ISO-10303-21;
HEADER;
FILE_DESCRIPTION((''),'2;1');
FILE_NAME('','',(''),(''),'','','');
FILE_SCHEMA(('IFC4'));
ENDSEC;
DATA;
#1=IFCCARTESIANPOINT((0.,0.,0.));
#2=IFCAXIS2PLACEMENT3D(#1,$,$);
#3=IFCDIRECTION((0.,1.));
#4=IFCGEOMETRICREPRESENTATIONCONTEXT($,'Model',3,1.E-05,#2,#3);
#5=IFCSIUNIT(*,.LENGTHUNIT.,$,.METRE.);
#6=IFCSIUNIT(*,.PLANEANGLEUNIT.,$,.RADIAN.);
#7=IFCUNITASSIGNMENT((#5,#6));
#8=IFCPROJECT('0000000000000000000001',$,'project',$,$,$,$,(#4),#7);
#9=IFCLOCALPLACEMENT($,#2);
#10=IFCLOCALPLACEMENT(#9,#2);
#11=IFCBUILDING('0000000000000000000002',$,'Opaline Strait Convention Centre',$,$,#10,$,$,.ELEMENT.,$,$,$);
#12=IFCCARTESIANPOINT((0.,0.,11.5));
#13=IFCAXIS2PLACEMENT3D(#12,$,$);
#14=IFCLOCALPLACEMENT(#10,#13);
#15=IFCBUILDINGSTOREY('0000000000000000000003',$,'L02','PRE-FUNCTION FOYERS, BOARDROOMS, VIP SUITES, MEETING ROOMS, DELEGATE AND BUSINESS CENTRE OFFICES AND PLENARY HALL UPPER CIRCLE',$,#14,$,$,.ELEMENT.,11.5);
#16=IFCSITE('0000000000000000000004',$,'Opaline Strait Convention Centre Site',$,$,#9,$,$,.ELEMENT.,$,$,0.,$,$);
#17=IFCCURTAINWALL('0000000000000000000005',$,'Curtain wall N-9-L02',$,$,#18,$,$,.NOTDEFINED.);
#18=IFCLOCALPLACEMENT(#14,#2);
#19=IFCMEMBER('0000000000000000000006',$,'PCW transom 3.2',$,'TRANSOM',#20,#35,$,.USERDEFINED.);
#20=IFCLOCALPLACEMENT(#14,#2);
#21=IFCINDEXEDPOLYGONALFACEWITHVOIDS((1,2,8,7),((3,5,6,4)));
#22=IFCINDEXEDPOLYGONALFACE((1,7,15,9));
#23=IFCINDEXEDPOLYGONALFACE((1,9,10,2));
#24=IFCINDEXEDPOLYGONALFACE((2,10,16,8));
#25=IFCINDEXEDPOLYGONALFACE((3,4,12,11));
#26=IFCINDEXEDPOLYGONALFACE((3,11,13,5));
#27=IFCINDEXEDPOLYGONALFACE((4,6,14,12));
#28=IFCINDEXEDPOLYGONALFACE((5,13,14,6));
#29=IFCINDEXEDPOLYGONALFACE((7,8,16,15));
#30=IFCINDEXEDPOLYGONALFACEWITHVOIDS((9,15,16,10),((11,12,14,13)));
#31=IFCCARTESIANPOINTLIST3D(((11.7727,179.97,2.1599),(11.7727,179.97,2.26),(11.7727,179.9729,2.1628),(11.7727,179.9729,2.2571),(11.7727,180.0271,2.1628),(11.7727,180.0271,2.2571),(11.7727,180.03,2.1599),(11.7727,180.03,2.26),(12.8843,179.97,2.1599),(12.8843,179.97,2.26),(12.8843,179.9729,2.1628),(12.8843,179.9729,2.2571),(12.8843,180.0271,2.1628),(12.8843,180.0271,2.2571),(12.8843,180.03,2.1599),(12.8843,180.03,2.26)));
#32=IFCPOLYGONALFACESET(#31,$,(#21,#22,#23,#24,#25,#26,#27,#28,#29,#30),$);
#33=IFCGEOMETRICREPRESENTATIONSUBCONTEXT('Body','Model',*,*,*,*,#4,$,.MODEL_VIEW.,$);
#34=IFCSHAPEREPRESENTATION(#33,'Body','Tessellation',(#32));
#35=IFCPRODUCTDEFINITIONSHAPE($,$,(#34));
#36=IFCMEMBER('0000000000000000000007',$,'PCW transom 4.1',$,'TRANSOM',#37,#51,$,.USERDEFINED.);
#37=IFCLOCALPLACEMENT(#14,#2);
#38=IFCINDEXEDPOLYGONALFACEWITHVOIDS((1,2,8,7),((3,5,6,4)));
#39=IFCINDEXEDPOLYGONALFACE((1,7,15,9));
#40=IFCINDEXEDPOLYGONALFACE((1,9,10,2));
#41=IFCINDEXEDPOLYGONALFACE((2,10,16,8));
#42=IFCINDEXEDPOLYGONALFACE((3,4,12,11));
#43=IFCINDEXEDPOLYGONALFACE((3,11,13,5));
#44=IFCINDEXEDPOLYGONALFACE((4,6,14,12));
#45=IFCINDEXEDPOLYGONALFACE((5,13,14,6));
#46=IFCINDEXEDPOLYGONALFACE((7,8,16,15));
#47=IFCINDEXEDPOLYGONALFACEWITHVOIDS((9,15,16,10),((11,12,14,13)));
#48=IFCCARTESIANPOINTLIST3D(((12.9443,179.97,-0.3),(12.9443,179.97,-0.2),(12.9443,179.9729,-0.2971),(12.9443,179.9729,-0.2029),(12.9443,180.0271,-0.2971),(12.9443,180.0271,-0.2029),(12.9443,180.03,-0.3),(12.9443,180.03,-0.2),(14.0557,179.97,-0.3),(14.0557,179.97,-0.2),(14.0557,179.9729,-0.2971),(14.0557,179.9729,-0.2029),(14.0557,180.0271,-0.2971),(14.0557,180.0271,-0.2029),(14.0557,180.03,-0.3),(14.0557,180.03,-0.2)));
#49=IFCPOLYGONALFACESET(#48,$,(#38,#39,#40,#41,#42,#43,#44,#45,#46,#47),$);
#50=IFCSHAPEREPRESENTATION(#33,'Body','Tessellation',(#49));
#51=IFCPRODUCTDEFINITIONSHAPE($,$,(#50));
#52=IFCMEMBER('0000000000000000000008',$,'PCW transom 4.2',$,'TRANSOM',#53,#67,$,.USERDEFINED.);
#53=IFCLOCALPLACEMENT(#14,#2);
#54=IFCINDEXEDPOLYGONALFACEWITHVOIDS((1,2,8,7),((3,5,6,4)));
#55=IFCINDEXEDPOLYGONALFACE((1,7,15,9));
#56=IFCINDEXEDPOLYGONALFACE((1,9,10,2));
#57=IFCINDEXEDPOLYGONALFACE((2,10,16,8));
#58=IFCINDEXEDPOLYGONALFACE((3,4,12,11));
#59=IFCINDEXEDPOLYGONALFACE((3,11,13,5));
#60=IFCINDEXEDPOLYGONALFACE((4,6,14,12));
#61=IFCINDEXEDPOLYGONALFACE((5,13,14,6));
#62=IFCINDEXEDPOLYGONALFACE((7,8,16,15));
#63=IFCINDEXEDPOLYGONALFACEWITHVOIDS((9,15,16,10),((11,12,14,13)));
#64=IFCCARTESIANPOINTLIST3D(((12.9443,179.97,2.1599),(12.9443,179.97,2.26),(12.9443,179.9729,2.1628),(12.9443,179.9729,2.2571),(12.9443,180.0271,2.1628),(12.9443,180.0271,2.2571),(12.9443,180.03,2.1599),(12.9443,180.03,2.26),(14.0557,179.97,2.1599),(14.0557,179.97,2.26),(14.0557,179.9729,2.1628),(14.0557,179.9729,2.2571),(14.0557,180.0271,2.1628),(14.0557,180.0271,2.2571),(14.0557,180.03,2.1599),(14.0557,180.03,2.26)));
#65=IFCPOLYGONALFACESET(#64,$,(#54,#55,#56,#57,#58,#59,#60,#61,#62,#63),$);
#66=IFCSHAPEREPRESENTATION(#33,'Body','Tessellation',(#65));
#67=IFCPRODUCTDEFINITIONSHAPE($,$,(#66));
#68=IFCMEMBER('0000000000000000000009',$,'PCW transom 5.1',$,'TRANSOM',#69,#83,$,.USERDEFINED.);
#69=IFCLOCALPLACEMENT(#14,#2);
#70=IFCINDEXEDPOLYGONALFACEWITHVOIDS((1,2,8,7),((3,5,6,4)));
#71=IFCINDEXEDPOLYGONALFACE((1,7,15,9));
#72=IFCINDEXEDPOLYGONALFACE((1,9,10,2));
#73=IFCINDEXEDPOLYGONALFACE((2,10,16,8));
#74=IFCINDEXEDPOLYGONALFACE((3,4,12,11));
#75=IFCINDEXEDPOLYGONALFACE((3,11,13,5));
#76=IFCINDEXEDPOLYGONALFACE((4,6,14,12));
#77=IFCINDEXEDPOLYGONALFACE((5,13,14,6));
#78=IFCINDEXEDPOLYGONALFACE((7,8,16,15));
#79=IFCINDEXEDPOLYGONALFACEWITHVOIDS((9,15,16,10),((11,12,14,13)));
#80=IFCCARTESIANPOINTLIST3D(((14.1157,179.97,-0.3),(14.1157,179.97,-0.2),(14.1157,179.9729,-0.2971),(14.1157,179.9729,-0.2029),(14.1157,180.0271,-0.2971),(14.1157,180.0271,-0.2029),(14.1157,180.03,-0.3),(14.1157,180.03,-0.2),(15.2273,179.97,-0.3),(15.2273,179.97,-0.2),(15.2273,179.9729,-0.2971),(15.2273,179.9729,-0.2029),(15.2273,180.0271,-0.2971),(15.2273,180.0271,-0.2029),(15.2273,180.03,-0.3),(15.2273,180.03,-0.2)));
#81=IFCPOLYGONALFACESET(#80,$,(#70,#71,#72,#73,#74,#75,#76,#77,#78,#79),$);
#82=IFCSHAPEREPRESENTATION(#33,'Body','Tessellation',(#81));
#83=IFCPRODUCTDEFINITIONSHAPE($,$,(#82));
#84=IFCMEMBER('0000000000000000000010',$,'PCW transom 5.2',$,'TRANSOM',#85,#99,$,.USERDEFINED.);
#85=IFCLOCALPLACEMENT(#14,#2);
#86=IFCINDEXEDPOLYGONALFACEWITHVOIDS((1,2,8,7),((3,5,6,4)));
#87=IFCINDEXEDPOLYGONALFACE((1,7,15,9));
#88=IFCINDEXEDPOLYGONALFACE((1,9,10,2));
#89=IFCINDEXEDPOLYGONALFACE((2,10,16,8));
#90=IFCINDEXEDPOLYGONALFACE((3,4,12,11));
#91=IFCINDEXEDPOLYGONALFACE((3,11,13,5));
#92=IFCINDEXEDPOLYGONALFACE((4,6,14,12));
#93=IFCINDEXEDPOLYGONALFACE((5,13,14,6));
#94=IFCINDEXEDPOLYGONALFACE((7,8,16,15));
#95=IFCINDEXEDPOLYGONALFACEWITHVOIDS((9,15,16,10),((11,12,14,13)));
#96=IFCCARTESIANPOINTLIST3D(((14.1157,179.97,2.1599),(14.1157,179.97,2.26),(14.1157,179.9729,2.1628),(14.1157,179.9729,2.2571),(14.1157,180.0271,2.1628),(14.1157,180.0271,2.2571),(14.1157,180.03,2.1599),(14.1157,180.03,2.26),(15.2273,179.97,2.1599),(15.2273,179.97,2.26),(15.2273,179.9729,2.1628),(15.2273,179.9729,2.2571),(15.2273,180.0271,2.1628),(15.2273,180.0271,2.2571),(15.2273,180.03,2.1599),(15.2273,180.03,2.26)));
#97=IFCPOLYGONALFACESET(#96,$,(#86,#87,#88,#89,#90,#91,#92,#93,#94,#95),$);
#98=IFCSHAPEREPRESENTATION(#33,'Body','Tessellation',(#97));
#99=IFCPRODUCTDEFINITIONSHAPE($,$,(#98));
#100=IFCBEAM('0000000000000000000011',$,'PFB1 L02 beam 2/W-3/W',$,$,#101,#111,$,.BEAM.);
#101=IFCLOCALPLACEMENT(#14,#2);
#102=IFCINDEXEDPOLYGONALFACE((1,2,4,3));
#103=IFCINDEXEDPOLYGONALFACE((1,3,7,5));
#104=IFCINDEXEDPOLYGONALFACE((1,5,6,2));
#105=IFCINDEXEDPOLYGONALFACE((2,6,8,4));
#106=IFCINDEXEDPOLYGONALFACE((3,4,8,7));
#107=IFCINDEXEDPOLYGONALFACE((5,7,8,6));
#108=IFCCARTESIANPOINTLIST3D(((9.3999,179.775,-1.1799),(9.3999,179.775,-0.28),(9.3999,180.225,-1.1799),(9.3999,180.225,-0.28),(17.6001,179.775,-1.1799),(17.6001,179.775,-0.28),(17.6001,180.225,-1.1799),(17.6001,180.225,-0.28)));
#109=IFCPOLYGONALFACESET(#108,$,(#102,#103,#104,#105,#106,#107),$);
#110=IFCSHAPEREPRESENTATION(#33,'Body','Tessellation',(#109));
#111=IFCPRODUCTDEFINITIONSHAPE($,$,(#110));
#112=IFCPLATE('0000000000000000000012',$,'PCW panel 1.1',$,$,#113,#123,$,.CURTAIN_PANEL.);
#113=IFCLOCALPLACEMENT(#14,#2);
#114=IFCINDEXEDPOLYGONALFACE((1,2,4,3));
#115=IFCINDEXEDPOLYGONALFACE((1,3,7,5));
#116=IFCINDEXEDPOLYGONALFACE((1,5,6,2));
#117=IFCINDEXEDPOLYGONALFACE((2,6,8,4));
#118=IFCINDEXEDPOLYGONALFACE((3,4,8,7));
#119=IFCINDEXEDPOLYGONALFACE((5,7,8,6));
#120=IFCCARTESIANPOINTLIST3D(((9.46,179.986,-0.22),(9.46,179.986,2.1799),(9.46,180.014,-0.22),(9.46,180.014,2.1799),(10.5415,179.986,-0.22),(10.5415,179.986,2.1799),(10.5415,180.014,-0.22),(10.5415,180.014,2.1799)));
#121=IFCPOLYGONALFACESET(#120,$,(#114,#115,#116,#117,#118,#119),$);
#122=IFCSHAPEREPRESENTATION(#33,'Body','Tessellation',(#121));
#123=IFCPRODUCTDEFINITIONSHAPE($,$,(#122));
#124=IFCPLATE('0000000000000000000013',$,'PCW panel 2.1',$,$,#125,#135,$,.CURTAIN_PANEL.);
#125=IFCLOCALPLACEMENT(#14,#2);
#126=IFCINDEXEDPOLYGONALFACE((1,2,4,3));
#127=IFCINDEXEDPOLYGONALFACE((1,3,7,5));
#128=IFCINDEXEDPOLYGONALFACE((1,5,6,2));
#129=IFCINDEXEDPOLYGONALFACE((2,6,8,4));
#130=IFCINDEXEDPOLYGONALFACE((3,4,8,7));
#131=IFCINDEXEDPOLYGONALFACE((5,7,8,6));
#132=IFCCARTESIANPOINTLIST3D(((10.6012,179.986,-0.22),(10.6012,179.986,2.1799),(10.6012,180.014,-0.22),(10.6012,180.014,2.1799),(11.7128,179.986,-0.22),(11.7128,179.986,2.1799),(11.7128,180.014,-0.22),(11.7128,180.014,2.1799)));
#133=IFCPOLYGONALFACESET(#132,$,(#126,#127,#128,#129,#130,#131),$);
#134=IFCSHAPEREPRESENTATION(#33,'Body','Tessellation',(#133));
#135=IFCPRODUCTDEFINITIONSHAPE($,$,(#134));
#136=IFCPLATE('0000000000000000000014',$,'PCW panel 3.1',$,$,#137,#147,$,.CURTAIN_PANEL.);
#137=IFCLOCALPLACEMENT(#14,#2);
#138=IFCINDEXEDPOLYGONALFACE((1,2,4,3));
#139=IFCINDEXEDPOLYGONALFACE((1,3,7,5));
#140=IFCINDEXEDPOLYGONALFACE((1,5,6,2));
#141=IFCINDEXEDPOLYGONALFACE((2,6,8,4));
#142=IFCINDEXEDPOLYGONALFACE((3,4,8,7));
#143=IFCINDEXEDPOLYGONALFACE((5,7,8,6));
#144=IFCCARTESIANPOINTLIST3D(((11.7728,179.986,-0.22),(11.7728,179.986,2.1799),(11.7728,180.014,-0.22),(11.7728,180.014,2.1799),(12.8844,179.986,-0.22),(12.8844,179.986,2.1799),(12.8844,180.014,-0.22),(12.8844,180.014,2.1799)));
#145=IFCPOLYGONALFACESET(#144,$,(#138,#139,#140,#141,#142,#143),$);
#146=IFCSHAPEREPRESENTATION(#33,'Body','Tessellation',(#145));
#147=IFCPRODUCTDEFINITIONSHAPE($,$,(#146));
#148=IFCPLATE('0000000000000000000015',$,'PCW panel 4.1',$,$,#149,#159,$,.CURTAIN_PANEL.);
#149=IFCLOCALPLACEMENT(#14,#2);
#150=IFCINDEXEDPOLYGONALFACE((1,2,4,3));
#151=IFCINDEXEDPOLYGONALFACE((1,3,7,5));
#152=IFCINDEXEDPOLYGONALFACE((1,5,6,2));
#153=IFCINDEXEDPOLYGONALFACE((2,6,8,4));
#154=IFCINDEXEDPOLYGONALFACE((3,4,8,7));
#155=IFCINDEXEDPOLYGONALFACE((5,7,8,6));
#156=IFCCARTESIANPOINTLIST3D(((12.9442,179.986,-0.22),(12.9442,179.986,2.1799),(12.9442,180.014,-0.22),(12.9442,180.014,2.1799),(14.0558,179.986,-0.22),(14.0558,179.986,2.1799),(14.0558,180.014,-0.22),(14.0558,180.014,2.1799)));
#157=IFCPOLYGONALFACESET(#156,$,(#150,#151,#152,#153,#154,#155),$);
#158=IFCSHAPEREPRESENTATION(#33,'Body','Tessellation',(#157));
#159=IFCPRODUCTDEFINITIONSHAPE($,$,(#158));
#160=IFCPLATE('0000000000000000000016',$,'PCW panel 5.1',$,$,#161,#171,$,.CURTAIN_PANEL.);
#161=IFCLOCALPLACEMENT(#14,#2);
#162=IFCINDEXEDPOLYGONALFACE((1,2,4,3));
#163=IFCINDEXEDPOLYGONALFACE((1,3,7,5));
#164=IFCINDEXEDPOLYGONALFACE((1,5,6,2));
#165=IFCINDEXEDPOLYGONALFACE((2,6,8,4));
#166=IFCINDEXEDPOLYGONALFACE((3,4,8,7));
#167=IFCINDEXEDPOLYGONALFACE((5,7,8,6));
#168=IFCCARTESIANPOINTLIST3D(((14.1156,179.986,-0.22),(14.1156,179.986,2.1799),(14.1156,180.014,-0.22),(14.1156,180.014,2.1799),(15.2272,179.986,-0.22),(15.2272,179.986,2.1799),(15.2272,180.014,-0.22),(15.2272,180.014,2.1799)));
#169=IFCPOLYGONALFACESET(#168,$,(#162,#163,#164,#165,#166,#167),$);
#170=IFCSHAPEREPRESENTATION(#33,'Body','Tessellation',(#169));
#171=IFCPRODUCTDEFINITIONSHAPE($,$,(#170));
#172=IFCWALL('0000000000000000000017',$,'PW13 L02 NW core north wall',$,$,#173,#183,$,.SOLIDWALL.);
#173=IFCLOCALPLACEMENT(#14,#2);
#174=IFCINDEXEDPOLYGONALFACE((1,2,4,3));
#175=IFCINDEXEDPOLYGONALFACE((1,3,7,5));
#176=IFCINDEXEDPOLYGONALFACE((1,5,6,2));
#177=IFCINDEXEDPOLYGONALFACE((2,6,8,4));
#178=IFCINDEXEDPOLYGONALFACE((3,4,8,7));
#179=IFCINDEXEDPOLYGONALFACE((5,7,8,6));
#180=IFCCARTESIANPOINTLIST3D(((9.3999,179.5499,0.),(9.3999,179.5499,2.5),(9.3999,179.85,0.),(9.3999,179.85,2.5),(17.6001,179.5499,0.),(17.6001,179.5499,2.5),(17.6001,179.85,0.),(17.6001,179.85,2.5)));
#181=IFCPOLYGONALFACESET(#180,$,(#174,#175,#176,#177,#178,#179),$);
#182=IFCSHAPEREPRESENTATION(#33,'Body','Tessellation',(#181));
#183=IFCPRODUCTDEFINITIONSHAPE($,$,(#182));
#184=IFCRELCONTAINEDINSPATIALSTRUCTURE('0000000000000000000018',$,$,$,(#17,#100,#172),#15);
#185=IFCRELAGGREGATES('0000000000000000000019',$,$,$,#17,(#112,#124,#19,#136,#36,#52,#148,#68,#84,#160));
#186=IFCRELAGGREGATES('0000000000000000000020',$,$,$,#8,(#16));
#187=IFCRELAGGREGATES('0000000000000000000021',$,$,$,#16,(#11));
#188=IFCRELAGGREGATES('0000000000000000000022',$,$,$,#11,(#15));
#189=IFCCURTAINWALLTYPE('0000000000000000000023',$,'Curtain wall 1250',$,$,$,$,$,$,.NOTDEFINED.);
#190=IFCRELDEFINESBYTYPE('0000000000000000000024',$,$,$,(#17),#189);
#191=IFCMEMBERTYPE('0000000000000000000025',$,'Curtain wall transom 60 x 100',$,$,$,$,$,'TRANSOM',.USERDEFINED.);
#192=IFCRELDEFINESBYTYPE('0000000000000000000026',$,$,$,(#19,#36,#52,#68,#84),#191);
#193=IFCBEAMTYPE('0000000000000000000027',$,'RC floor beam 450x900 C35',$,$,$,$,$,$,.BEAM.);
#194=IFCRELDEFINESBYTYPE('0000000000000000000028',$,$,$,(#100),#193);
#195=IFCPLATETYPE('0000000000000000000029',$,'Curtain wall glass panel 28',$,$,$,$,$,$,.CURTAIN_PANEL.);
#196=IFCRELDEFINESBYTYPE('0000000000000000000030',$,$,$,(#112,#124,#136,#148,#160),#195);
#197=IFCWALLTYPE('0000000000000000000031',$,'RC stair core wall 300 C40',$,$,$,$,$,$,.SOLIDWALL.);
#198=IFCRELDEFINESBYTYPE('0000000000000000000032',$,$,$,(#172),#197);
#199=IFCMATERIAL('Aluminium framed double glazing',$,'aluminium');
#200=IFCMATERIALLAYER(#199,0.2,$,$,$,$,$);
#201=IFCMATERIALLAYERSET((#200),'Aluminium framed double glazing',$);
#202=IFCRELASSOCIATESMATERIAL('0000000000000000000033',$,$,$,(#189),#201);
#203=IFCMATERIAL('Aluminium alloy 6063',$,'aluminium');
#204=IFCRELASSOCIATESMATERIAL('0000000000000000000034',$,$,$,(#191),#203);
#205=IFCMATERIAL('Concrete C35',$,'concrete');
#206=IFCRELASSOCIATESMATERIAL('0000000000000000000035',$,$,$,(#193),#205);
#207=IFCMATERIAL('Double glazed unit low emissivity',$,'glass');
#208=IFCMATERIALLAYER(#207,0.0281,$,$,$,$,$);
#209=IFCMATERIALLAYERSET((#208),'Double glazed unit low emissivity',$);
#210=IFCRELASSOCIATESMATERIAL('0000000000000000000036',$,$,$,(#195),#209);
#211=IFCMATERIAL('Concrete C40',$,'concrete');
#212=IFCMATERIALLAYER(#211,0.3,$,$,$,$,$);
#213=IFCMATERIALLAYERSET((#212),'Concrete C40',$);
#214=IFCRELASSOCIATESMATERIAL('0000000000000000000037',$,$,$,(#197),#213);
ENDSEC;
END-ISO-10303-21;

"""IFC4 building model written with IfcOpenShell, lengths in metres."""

from ifc_helpers import new_model, si_unit, direction, frame, frame_2d, origin, origin_2d, place, context, subcontext, project, spatial, rectangle, hollow_rectangle, extrude, material, layer, layer_set, material_profile, profile_set, type_object, element, aggregate, save


model = new_model("IFC4")

# Units and contexts
model_context = context("Model", 3, precision=1e-05, world=origin(), true_north=direction((0.0, 1.0)))
body_context = subcontext(model_context, "Body", "Model", "MODEL_VIEW")
ifc_project = project(units=[si_unit("LENGTHUNIT", "METRE"), si_unit("PLANEANGLEUNIT", "RADIAN")], contexts=[model_context])

# Site, building, storey
site_placement = place(None, origin())
site = spatial("IfcSite", under=ifc_project, at=site_placement, Name="Opaline Strait Convention Centre Site", CompositionType="ELEMENT", RefElevation=0.0)
building_placement = place(site_placement, origin())
building = spatial("IfcBuilding", under=site, at=building_placement, Name="Opaline Strait Convention Centre", CompositionType="ELEMENT")
storey_placement = place(building_placement, frame((0.0, 0.0, 11.5)))
storey = spatial("IfcBuildingStorey", under=building, at=storey_placement, Name="L02", Description="PRE-FUNCTION FOYERS, BOARDROOMS, VIP SUITES, MEETING ROOMS, DELEGATE AND BUSINESS CENTRE OFFICES AND PLENARY HALL UPPER CIRCLE", CompositionType="ELEMENT", Elevation=11.5)

# Shared definitions
ifc_material_1 = material(Name="Concrete C40", Category="concrete")

# Curtain wall, members
ifc_material_2 = material(Name="Aluminium framed double glazing", Category="aluminium")
ifc_layer_1 = layer(ifc_material_2, 0.2)
ifc_layer_set_1 = layer_set([ifc_layer_1], Name="Aluminium framed double glazing")
curtain_wall_type = type_object("IfcCurtainWallType", Name="Curtain wall 1250", PredefinedType="NOTDEFINED", material=ifc_layer_set_1)
curtain_wall_placement = place(storey_placement, origin())
curtain_wall = element("IfcCurtainWall", 1, at=curtain_wall_placement, inside=storey, type_object=curtain_wall_type, Name="Curtain wall N-9-L02", PredefinedType="NOTDEFINED")
ifc_material_3 = material(Name="Aluminium alloy 6063", Category="aluminium")
ifc_material_profile_1 = material_profile(ifc_material_3, hollow_rectangle(XDim=0.0601, YDim=0.1001, WallThickness=0.0029, at=origin_2d()), Name="TRANSOM 60x100x3")
ifc_profile_set_1 = profile_set([ifc_material_profile_1], Name="Aluminium alloy 6063")
member_type_1 = type_object("IfcMemberType", Name="Curtain wall transom 60 x 100", ElementType="TRANSOM", PredefinedType="USERDEFINED", material=ifc_profile_set_1)
member_1_placement = place(storey_placement, frame((11.7727, 180.0, 2.21), z_axis=(1.0, 0.0, 0.0), x_axis=(0.0, 1.0, 0.0)))
member_1 = element("IfcMember", 2, at=member_1_placement, type_object=member_type_1, Name="PCW transom 3.2", ObjectType="TRANSOM", PredefinedType="USERDEFINED", context=body_context, shape_type="SweptSolid", body=[
    extrude(hollow_rectangle(XDim=0.0601, YDim=0.1001, WallThickness=0.0029, at=origin_2d()), origin(), (0.0, 0.0, 1.0), 1.1116),
])
member_2_placement = place(storey_placement, frame((12.9443, 180.0, -0.25), z_axis=(1.0, 0.0, 0.0), x_axis=(0.0, 1.0, 0.0)))
member_2 = element("IfcMember", 3, at=member_2_placement, type_object=member_type_1, Name="PCW transom 4.1", ObjectType="TRANSOM", PredefinedType="USERDEFINED", context=body_context, shape_type="SweptSolid", body=[
    extrude(hollow_rectangle(XDim=0.0601, YDim=0.1001, WallThickness=0.0029, at=origin_2d()), origin(), (0.0, 0.0, 1.0), 1.1113),
])
member_3_placement = place(storey_placement, frame((12.9443, 180.0, 2.21), z_axis=(1.0, 0.0, 0.0), x_axis=(0.0, 1.0, 0.0)))
member_3 = element("IfcMember", 4, at=member_3_placement, type_object=member_type_1, Name="PCW transom 4.2", ObjectType="TRANSOM", PredefinedType="USERDEFINED", context=body_context, shape_type="SweptSolid", body=[
    extrude(hollow_rectangle(XDim=0.0601, YDim=0.1001, WallThickness=0.0029, at=origin_2d()), origin(), (0.0, 0.0, 1.0), 1.1113),
])
member_4_placement = place(storey_placement, frame((14.1157, 180.0, -0.25), z_axis=(1.0, 0.0, 0.0), x_axis=(0.0, 1.0, 0.0)))
member_4 = element("IfcMember", 5, at=member_4_placement, type_object=member_type_1, Name="PCW transom 5.1", ObjectType="TRANSOM", PredefinedType="USERDEFINED", context=body_context, shape_type="SweptSolid", body=[
    extrude(hollow_rectangle(XDim=0.0601, YDim=0.1001, WallThickness=0.0029, at=origin_2d()), origin(), (0.0, 0.0, 1.0), 1.1116),
])
member_5_placement = place(storey_placement, frame((14.1157, 180.0, 2.21), z_axis=(1.0, 0.0, 0.0), x_axis=(0.0, 1.0, 0.0)))
member_5 = element("IfcMember", 6, at=member_5_placement, type_object=member_type_1, Name="PCW transom 5.2", ObjectType="TRANSOM", PredefinedType="USERDEFINED", context=body_context, shape_type="SweptSolid", body=[
    extrude(hollow_rectangle(XDim=0.0601, YDim=0.1001, WallThickness=0.0029, at=origin_2d()), origin(), (0.0, 0.0, 1.0), 1.1116),
])

# Beam
ifc_material_4 = material(Name="Concrete C35", Category="concrete")
ifc_material_profile_2 = material_profile(ifc_material_4, rectangle(XDim=0.45, YDim=0.8999, at=origin_2d()), Name="RC 450x900")
ifc_profile_set_2 = profile_set([ifc_material_profile_2], Name="Concrete C35")
beam_type = type_object("IfcBeamType", Name="RC floor beam 450x900 C35", PredefinedType="BEAM", material=ifc_profile_set_2)
beam_placement = place(storey_placement, frame((9.3999, 180.0, -0.73), z_axis=(1.0, 0.0, 0.0), x_axis=(0.0, 1.0, 0.0)))
element("IfcBeam", 7, at=beam_placement, inside=storey, type_object=beam_type, Name="PFB1 L02 beam 2/W-3/W", PredefinedType="BEAM", context=body_context, shape_type="SweptSolid", body=[
    extrude(rectangle(XDim=0.45, YDim=0.8999, at=origin_2d()), origin(), (0.0, 0.0, 1.0), 8.2002),
])

# Plates
ifc_material_5 = material(Name="Double glazed unit low emissivity", Category="glass")
ifc_layer_2 = layer(ifc_material_5, 0.0281)
ifc_layer_set_2 = layer_set([ifc_layer_2], Name="Double glazed unit low emissivity")
plate_type = type_object("IfcPlateType", Name="Curtain wall glass panel 28", PredefinedType="CURTAIN_PANEL", material=ifc_layer_set_2)
plate_1_placement = place(storey_placement, frame((10.0007, 180.0, -0.22), z_axis=(0.0, 0.0, 1.0), x_axis=(1.0, 0.0, 0.0)))
plate_1 = element("IfcPlate", 8, at=plate_1_placement, type_object=plate_type, Name="PCW panel 1.1", PredefinedType="CURTAIN_PANEL", context=body_context, shape_type="SweptSolid", body=[
    extrude(rectangle(XDim=1.0815, YDim=0.0281, at=origin_2d()), origin(), (0.0, 0.0, 1.0), 2.3999),
])
plate_2_placement = place(storey_placement, frame((11.157, 180.0, -0.22), z_axis=(0.0, 0.0, 1.0), x_axis=(1.0, 0.0, 0.0)))
plate_2 = element("IfcPlate", 9, at=plate_2_placement, type_object=plate_type, Name="PCW panel 2.1", PredefinedType="CURTAIN_PANEL", context=body_context, shape_type="SweptSolid", body=[
    extrude(rectangle(XDim=1.1116, YDim=0.0281, at=origin_2d()), origin(), (0.0, 0.0, 1.0), 2.3999),
])
plate_3_placement = place(storey_placement, frame((12.3286, 180.0, -0.22), z_axis=(0.0, 0.0, 1.0), x_axis=(1.0, 0.0, 0.0)))
plate_3 = element("IfcPlate", 10, at=plate_3_placement, type_object=plate_type, Name="PCW panel 3.1", PredefinedType="CURTAIN_PANEL", context=body_context, shape_type="SweptSolid", body=[
    extrude(rectangle(XDim=1.1116, YDim=0.0281, at=origin_2d()), origin(), (0.0, 0.0, 1.0), 2.3999),
])
plate_4_placement = place(storey_placement, frame((13.5, 180.0, -0.22), z_axis=(0.0, 0.0, 1.0), x_axis=(1.0, 0.0, 0.0)))
plate_4 = element("IfcPlate", 11, at=plate_4_placement, type_object=plate_type, Name="PCW panel 4.1", PredefinedType="CURTAIN_PANEL", context=body_context, shape_type="SweptSolid", body=[
    extrude(rectangle(XDim=1.1116, YDim=0.0281, at=origin_2d()), origin(), (0.0, 0.0, 1.0), 2.3999),
])
plate_5_placement = place(storey_placement, frame((14.6714, 180.0, -0.22), z_axis=(0.0, 0.0, 1.0), x_axis=(1.0, 0.0, 0.0)))
plate_5 = element("IfcPlate", 12, at=plate_5_placement, type_object=plate_type, Name="PCW panel 5.1", PredefinedType="CURTAIN_PANEL", context=body_context, shape_type="SweptSolid", body=[
    extrude(rectangle(XDim=1.1116, YDim=0.0281, at=origin_2d()), origin(), (0.0, 0.0, 1.0), 2.3999),
])
aggregate(curtain_wall, [plate_1, plate_2, member_1, plate_3, member_2, member_3, plate_4, member_4, member_5, plate_5])

# Wall
ifc_layer_3 = layer(ifc_material_1, 0.3)
ifc_layer_set_3 = layer_set([ifc_layer_3], Name="Concrete C40")
wall_type = type_object("IfcWallType", Name="RC stair core wall 300 C40", PredefinedType="SOLIDWALL", material=ifc_layer_set_3)
wall_1_placement = place(storey_placement, frame((9.3999, 179.7, 0.0), z_axis=(0.0, 0.0, 1.0), x_axis=(1.0, 0.0, 0.0)))
element("IfcWall", 13, at=wall_1_placement, inside=storey, type_object=wall_type, Name="PW13 L02 NW core north wall", PredefinedType="SOLIDWALL", context=body_context, shape_type="SweptSolid", body=[
    extrude(rectangle(XDim=8.2002, YDim=0.3, at=frame_2d((4.1001, 0.0))), origin(), (0.0, 0.0, 1.0), 2.5),
])

save(model, "model.ifc")
